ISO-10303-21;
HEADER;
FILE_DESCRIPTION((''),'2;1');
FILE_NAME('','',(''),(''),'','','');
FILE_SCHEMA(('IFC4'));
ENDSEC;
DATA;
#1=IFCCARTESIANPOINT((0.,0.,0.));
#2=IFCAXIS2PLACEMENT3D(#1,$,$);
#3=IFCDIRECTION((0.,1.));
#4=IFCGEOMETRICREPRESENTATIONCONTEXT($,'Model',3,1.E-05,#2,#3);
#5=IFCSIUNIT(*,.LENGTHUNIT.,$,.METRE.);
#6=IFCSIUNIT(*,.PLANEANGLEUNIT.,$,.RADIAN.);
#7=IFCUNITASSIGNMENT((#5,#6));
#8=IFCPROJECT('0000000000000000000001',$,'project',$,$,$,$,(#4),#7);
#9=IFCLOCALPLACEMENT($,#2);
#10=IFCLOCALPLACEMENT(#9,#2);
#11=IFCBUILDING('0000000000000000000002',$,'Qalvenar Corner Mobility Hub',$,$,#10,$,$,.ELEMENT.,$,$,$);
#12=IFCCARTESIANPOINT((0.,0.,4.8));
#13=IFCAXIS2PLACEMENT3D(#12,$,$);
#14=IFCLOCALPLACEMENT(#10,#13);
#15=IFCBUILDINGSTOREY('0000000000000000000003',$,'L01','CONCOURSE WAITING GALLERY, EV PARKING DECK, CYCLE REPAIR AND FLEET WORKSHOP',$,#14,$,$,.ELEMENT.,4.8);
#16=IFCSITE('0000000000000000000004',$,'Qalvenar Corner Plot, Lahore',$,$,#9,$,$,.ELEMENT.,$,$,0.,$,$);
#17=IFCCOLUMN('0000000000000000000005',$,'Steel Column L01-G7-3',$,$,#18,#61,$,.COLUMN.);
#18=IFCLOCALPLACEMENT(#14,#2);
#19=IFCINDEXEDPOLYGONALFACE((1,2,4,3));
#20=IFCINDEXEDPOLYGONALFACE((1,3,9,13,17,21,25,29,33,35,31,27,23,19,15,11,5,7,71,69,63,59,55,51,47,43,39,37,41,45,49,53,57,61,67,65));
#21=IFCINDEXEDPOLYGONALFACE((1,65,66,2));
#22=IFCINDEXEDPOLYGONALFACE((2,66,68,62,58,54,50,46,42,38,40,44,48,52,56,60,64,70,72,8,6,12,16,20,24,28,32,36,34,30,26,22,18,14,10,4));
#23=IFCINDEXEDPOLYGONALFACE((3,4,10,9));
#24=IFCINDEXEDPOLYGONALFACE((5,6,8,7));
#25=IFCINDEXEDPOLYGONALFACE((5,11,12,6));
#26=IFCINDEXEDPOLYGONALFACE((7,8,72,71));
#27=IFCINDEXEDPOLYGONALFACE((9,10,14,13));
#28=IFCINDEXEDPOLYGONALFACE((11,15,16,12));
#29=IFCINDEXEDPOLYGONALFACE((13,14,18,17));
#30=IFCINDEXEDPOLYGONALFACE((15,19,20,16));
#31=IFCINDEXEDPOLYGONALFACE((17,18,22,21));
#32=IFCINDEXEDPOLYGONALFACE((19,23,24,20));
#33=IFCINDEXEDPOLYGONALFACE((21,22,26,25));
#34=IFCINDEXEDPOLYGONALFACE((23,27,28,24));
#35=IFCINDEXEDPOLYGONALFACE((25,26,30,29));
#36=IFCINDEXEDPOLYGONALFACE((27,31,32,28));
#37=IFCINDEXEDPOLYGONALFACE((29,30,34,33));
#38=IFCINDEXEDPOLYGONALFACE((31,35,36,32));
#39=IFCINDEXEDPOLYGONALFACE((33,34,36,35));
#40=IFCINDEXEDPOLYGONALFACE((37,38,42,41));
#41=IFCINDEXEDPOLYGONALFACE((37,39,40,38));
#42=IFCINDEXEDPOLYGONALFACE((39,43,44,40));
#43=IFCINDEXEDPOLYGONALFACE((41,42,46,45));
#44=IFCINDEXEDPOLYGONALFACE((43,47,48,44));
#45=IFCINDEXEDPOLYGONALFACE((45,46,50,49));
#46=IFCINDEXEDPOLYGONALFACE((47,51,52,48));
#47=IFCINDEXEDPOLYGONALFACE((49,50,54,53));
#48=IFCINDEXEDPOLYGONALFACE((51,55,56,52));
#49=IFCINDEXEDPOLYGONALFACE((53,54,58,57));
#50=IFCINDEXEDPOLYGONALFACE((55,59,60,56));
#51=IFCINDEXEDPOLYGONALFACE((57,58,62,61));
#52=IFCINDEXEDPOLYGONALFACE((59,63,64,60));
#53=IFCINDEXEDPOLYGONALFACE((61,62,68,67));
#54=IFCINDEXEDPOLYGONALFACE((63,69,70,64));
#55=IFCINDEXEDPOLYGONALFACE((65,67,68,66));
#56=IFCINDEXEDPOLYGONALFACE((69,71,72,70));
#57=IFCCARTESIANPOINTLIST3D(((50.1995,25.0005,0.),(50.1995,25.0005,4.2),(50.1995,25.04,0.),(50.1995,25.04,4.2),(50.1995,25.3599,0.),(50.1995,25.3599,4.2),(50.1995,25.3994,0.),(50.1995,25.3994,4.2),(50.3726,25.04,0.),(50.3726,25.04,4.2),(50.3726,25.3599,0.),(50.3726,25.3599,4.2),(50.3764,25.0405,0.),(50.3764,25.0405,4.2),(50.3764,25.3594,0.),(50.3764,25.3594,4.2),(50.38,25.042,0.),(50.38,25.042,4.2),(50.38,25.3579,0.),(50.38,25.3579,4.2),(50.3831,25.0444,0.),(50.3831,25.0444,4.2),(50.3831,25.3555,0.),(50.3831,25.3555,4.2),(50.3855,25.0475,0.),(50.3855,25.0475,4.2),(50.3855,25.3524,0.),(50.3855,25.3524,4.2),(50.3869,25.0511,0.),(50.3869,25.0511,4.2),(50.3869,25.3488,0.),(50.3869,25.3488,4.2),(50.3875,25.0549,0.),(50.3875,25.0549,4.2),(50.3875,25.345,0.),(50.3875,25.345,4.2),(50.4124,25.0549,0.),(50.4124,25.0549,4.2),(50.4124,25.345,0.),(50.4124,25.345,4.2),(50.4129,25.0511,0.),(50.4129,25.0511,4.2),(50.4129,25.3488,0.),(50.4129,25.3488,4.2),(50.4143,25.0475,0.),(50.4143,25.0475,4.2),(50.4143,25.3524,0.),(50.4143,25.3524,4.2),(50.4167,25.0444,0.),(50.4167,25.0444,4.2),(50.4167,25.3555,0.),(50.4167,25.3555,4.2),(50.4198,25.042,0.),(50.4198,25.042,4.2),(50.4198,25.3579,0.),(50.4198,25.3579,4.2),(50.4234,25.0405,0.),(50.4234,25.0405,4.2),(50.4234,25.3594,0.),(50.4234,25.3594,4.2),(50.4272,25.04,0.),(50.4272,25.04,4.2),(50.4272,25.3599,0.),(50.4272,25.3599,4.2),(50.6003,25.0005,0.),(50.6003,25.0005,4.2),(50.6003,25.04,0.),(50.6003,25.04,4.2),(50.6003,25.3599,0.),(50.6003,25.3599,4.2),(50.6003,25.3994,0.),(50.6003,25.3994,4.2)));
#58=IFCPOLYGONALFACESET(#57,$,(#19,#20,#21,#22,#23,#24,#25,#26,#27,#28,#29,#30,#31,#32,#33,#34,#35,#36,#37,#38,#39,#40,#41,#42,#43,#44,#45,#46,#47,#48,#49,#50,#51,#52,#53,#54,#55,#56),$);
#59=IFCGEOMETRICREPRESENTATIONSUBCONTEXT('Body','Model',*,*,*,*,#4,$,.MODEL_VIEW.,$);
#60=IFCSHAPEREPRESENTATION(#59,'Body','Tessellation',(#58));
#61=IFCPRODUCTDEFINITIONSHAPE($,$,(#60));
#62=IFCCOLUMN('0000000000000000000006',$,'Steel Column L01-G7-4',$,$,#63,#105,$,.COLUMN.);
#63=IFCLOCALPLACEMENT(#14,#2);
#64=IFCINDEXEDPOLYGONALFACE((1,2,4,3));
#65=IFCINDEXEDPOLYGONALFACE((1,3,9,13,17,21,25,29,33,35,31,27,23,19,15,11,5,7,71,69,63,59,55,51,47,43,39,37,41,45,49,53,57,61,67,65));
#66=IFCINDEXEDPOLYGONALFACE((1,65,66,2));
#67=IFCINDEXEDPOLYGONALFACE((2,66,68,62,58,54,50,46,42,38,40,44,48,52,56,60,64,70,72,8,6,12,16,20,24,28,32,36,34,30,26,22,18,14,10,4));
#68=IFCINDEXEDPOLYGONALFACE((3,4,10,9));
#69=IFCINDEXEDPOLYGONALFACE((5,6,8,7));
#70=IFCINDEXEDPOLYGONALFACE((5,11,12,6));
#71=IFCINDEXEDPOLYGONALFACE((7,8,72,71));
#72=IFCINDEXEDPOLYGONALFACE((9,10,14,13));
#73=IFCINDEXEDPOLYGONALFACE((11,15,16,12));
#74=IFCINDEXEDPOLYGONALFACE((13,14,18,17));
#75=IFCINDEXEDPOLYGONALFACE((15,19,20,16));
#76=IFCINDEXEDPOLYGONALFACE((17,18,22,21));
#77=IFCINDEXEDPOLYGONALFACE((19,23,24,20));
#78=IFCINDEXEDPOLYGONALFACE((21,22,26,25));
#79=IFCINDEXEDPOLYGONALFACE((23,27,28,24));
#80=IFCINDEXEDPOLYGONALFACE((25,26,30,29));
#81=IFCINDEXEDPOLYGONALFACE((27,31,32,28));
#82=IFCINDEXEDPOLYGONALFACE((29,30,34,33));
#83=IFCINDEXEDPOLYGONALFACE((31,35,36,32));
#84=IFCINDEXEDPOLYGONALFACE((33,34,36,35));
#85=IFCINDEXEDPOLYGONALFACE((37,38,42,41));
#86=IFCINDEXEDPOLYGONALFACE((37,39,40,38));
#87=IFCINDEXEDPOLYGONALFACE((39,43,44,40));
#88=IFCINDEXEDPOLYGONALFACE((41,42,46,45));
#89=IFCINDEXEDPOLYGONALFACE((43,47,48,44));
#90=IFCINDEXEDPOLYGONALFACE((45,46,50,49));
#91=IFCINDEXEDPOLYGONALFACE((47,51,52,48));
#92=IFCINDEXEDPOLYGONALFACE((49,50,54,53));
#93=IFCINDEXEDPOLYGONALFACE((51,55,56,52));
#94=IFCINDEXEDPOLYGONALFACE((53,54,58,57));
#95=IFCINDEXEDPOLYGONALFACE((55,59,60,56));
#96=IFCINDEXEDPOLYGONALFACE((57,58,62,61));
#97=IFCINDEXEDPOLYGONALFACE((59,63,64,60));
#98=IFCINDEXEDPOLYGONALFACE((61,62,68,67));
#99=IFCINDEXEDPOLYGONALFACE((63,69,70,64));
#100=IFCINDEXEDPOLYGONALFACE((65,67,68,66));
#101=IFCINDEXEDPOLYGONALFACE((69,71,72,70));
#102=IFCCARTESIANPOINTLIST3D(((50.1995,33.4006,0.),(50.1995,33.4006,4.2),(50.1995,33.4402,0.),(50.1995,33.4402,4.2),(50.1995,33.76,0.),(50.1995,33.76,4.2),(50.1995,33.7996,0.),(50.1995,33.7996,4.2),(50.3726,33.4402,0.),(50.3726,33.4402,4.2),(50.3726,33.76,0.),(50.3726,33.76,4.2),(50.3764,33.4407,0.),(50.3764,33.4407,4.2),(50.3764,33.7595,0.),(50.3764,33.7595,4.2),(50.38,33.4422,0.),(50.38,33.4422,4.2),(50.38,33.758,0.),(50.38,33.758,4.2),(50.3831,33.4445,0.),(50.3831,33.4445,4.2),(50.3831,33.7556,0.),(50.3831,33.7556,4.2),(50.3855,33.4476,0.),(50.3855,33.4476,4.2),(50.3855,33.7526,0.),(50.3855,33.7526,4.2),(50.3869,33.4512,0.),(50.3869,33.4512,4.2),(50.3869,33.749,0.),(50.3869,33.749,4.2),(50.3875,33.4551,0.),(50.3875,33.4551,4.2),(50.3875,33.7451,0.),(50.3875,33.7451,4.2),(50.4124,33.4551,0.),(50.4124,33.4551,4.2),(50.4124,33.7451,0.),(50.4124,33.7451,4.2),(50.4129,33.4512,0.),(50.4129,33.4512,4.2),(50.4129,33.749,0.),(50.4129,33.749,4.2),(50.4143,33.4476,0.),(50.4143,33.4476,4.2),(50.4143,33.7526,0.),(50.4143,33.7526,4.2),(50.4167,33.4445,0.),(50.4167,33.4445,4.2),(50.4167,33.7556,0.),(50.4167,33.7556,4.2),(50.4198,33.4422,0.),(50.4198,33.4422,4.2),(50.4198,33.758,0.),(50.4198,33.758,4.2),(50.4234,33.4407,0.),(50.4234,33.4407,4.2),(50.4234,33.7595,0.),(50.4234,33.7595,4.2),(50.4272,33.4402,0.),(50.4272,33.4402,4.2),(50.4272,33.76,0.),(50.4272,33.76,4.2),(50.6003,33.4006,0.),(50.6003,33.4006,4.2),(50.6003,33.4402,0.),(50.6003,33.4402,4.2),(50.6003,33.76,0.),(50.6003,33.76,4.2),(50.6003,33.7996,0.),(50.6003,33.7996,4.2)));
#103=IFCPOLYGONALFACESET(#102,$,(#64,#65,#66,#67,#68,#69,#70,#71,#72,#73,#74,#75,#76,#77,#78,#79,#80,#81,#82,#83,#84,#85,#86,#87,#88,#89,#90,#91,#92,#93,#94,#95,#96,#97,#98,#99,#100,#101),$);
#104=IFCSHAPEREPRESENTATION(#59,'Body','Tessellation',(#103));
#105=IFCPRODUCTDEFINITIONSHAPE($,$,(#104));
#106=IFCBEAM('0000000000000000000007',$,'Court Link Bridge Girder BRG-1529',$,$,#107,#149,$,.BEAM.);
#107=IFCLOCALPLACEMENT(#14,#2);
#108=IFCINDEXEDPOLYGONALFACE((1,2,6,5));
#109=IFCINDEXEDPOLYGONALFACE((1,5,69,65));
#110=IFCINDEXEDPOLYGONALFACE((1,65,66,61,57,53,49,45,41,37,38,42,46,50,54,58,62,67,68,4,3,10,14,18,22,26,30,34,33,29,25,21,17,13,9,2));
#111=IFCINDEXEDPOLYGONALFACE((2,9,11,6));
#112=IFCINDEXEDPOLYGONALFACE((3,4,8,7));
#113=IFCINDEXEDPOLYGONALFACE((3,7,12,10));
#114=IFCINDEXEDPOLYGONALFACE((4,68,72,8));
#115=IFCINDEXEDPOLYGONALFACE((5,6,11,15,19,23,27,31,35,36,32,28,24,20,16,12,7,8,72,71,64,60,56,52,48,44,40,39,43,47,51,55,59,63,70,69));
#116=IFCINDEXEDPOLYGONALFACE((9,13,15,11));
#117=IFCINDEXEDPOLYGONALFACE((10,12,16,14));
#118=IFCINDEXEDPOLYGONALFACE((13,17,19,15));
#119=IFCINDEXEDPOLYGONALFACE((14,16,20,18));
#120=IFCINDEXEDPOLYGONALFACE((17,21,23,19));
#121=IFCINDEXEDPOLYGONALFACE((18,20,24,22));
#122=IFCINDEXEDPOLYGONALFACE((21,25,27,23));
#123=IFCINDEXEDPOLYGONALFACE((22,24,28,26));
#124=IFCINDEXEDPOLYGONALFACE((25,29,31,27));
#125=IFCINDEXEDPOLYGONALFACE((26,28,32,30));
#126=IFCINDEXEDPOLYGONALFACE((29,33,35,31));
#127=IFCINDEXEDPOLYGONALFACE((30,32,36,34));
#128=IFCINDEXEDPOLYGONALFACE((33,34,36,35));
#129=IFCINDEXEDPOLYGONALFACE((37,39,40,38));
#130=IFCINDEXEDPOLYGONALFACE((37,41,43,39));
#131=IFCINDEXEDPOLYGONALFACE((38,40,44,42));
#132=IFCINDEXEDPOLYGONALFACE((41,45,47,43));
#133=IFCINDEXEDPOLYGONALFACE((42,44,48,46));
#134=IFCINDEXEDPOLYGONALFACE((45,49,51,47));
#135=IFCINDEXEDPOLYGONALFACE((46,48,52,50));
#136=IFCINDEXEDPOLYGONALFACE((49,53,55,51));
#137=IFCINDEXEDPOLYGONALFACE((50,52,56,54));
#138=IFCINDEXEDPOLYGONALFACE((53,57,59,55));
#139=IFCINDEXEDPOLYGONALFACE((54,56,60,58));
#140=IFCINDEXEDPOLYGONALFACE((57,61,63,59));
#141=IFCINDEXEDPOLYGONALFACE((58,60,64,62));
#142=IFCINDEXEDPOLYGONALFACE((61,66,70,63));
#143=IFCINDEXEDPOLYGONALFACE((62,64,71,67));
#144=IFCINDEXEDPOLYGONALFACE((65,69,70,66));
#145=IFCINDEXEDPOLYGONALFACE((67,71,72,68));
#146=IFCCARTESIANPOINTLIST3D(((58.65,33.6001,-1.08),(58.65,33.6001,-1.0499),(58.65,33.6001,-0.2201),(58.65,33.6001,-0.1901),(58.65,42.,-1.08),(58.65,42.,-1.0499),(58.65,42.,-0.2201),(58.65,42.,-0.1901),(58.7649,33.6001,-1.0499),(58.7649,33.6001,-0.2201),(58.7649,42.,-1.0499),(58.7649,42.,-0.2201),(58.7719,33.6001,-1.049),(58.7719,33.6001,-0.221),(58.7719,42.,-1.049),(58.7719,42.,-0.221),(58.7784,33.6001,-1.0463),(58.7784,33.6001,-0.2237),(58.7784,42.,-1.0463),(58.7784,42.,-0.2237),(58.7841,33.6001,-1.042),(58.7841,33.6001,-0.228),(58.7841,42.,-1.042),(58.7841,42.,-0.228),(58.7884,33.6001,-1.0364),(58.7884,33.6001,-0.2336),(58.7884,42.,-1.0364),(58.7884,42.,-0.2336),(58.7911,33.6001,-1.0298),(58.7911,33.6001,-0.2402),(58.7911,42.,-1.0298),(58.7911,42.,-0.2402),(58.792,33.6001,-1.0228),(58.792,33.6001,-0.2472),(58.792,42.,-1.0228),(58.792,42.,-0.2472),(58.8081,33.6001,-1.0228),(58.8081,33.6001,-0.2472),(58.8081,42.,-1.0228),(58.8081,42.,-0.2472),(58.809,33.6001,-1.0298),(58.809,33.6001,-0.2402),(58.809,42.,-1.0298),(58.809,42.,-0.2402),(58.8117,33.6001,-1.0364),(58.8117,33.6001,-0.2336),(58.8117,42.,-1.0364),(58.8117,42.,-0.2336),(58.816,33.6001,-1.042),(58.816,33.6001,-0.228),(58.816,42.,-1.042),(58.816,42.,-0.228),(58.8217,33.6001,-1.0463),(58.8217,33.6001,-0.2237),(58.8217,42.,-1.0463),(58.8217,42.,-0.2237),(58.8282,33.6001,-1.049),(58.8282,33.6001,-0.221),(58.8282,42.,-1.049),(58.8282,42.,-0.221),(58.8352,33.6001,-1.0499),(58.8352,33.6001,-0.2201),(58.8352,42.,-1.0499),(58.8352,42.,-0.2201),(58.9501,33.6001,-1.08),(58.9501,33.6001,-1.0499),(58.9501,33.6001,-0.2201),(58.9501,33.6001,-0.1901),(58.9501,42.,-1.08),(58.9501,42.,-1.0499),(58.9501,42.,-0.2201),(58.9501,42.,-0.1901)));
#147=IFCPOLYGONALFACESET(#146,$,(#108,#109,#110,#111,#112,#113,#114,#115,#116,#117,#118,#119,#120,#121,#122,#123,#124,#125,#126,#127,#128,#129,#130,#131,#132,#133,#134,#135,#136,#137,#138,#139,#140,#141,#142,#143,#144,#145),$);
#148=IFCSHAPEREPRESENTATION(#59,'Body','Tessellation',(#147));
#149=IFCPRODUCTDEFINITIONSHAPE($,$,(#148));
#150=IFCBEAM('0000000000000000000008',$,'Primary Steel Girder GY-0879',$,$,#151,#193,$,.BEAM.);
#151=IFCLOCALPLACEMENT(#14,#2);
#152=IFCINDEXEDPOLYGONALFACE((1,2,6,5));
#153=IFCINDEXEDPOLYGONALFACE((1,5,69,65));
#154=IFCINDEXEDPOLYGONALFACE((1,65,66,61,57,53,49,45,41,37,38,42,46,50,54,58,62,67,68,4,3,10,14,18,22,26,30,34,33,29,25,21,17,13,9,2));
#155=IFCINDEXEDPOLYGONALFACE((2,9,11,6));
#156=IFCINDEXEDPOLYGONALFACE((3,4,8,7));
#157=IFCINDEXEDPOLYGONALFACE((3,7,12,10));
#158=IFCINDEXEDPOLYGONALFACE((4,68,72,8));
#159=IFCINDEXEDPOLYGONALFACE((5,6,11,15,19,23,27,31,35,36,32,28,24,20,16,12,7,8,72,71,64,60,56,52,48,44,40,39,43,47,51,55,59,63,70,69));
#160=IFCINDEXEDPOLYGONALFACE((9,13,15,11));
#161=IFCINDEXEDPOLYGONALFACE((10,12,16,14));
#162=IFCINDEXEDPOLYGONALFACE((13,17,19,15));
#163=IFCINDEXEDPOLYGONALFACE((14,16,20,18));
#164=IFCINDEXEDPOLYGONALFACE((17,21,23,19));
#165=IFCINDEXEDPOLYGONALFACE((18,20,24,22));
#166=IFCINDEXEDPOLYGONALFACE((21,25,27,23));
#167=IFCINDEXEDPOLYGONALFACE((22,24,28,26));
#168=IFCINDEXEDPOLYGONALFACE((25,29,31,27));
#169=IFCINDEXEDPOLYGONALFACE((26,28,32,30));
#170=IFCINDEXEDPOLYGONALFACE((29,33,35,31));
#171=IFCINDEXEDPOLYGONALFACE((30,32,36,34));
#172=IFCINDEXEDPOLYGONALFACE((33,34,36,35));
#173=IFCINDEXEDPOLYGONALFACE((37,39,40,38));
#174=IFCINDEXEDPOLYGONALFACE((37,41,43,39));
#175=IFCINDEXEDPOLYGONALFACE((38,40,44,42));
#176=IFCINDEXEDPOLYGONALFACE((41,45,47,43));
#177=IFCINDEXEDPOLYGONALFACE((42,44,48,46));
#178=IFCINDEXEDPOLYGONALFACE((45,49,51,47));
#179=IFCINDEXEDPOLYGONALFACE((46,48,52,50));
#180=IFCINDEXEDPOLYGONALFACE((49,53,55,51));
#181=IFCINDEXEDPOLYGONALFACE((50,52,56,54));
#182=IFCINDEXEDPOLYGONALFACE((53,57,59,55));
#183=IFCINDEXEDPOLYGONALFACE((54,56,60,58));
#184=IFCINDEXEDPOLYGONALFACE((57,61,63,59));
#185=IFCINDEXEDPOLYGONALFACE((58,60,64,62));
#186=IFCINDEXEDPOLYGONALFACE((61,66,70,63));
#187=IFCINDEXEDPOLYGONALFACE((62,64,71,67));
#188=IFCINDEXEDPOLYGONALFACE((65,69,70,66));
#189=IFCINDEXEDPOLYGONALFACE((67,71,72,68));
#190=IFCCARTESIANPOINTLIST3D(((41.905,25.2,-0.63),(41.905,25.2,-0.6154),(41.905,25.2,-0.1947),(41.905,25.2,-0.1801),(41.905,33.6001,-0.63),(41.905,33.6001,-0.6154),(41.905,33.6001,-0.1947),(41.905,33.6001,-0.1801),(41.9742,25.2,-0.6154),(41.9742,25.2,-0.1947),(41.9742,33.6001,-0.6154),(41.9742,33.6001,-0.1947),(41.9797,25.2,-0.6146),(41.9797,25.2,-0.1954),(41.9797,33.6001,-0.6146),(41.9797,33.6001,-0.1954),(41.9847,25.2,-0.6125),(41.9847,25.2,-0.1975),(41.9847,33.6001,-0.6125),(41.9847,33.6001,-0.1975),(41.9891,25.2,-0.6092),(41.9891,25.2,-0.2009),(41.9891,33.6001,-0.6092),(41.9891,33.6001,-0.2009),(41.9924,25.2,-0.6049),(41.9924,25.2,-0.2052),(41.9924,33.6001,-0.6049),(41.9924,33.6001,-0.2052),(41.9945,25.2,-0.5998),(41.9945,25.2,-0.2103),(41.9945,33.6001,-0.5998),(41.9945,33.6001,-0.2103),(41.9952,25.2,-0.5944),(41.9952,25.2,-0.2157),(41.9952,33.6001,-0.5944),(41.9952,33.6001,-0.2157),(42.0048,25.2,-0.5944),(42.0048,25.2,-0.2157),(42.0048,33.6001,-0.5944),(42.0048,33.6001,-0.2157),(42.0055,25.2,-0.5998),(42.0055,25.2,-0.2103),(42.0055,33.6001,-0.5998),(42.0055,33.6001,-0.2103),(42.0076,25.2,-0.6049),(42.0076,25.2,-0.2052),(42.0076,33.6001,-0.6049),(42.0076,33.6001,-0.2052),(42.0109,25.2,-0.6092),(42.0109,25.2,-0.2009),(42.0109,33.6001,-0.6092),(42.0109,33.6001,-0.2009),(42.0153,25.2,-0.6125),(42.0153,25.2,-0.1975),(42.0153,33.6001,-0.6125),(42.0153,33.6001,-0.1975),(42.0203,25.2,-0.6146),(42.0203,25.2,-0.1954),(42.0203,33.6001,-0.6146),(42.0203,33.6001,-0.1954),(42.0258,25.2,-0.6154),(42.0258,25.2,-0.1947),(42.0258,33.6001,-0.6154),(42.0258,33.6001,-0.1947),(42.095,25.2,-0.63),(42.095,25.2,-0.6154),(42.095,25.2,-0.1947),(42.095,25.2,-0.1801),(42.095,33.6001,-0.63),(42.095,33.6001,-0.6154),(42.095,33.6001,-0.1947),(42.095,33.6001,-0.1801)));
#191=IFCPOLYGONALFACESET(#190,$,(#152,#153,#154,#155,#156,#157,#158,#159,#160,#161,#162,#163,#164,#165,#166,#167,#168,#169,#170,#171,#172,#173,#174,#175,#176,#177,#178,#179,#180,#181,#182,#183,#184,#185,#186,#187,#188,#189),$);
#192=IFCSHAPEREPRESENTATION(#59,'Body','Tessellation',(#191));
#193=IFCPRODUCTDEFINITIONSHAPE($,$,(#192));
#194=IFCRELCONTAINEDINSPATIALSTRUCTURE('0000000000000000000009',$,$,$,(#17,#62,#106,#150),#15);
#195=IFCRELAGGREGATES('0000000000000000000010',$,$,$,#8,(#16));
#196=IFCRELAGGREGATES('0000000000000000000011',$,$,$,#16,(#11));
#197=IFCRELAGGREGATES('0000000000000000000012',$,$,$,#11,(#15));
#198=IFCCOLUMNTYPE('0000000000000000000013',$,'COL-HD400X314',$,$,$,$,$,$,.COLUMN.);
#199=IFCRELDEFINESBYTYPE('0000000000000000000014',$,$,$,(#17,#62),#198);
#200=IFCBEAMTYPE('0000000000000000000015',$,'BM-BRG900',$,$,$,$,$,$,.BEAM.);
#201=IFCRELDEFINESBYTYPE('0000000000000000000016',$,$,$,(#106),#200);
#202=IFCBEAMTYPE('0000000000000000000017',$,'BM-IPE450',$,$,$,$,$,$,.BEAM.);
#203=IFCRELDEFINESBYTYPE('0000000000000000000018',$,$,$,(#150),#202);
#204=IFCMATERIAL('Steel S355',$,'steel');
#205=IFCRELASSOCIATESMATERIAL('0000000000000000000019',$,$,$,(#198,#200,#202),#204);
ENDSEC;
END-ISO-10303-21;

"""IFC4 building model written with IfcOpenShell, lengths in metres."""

from ifc_helpers import new_model, si_unit, direction, frame, origin, origin_2d, place, context, subcontext, project, spatial, i_section, extrude, material, material_profile, profile_set, type_object, element, save


model = new_model("IFC4")

# Units and contexts
model_context = context("Model", 3, precision=1e-05, world=origin(), true_north=direction((0.0, 1.0)))
body_context = subcontext(model_context, "Body", "Model", "MODEL_VIEW")
ifc_project = project(units=[si_unit("LENGTHUNIT", "METRE"), si_unit("PLANEANGLEUNIT", "RADIAN")], contexts=[model_context])

# Site, building, storey
site_placement = place(None, origin())
site = spatial("IfcSite", under=ifc_project, at=site_placement, Name="Qalvenar Corner Plot, Lahore", CompositionType="ELEMENT", RefElevation=0.0)
building_placement = place(site_placement, origin())
building = spatial("IfcBuilding", under=site, at=building_placement, Name="Qalvenar Corner Mobility Hub", CompositionType="ELEMENT")
storey_placement = place(building_placement, frame((0.0, 0.0, 4.8)))
storey = spatial("IfcBuildingStorey", under=building, at=storey_placement, Name="L01", Description="CONCOURSE WAITING GALLERY, EV PARKING DECK, CYCLE REPAIR AND FLEET WORKSHOP", CompositionType="ELEMENT", Elevation=4.8)

# Columns
ifc_material_1 = material(Name="Steel S355", Category="steel")
ifc_material_profile_1 = material_profile(ifc_material_1, i_section(OverallWidth=0.4009, OverallDepth=0.3989, WebThickness=0.0249, FlangeThickness=0.0396, FilletRadius=0.0149, at=origin_2d()), Name="HD400x314")
ifc_profile_set_1 = profile_set([ifc_material_profile_1], Name="Steel S355")
column_type_1 = type_object("IfcColumnType", Name="COL-HD400X314", PredefinedType="COLUMN", material=ifc_profile_set_1)
for number, where, z_axis, x_axis, name in (
    (1, (50.3999, 25.2, 0.0), (0.0, 0.0, 1.0), (1.0, 0.0, 0.0), "Steel Column L01-G7-3"),
    (2, (50.3999, 33.6001, 0.0), (0.0, 0.0, 1.0), (1.0, 0.0, 0.0), "Steel Column L01-G7-4"),
):
    element("IfcColumn", number, at=place(storey_placement, frame(where, z_axis=z_axis, x_axis=x_axis)), inside=storey, type_object=column_type_1, Name=name, PredefinedType="COLUMN", context=body_context, shape_type="SweptSolid", body=[
        extrude(i_section(OverallWidth=0.4009, OverallDepth=0.3989, WebThickness=0.0249, FlangeThickness=0.0396, FilletRadius=0.0149, at=origin_2d()), origin(), (0.0, 0.0, 1.0), 4.2),
    ])

# Beams
ifc_material_profile_2 = material_profile(ifc_material_1, i_section(OverallWidth=0.3, OverallDepth=0.8899, WebThickness=0.0161, FlangeThickness=0.03, FilletRadius=0.0271, at=origin_2d()), Name="HEA900")
ifc_profile_set_2 = profile_set([ifc_material_profile_2], Name="Steel S355")
beam_type_1 = type_object("IfcBeamType", Name="BM-BRG900", PredefinedType="BEAM", material=ifc_profile_set_2)
beam_1_placement = place(storey_placement, frame((58.8, 33.6001, -0.635), z_axis=(0.0, 1.0, 0.0), x_axis=(-1.0, 0.0, 0.0)))
element("IfcBeam", 3, at=beam_1_placement, inside=storey, type_object=beam_type_1, Name="Court Link Bridge Girder BRG-1529", PredefinedType="BEAM", context=body_context, shape_type="SweptSolid", body=[
    extrude(i_section(OverallWidth=0.3, OverallDepth=0.8899, WebThickness=0.0161, FlangeThickness=0.03, FilletRadius=0.0271, at=origin_2d()), origin(), (0.0, 0.0, 1.0), 8.3999),
])
ifc_material_profile_3 = material_profile(ifc_material_1, i_section(OverallWidth=0.1899, OverallDepth=0.45, WebThickness=0.0095, FlangeThickness=0.0146, FilletRadius=0.021, at=origin_2d()), Name="IPE450")
ifc_profile_set_3 = profile_set([ifc_material_profile_3], Name="Steel S355")
beam_type_2 = type_object("IfcBeamType", Name="BM-IPE450", PredefinedType="BEAM", material=ifc_profile_set_3)
beam_2_placement = place(storey_placement, frame((42.0, 25.2, -0.405), z_axis=(0.0, 1.0, 0.0), x_axis=(-1.0, 0.0, 0.0)))
element("IfcBeam", 4, at=beam_2_placement, inside=storey, type_object=beam_type_2, Name="Primary Steel Girder GY-0879", PredefinedType="BEAM", context=body_context, shape_type="SweptSolid", body=[
    extrude(i_section(OverallWidth=0.1899, OverallDepth=0.45, WebThickness=0.0095, FlangeThickness=0.0146, FilletRadius=0.021, at=origin_2d()), origin(), (0.0, 0.0, 1.0), 8.4001),
])

save(model, "model.ifc")
